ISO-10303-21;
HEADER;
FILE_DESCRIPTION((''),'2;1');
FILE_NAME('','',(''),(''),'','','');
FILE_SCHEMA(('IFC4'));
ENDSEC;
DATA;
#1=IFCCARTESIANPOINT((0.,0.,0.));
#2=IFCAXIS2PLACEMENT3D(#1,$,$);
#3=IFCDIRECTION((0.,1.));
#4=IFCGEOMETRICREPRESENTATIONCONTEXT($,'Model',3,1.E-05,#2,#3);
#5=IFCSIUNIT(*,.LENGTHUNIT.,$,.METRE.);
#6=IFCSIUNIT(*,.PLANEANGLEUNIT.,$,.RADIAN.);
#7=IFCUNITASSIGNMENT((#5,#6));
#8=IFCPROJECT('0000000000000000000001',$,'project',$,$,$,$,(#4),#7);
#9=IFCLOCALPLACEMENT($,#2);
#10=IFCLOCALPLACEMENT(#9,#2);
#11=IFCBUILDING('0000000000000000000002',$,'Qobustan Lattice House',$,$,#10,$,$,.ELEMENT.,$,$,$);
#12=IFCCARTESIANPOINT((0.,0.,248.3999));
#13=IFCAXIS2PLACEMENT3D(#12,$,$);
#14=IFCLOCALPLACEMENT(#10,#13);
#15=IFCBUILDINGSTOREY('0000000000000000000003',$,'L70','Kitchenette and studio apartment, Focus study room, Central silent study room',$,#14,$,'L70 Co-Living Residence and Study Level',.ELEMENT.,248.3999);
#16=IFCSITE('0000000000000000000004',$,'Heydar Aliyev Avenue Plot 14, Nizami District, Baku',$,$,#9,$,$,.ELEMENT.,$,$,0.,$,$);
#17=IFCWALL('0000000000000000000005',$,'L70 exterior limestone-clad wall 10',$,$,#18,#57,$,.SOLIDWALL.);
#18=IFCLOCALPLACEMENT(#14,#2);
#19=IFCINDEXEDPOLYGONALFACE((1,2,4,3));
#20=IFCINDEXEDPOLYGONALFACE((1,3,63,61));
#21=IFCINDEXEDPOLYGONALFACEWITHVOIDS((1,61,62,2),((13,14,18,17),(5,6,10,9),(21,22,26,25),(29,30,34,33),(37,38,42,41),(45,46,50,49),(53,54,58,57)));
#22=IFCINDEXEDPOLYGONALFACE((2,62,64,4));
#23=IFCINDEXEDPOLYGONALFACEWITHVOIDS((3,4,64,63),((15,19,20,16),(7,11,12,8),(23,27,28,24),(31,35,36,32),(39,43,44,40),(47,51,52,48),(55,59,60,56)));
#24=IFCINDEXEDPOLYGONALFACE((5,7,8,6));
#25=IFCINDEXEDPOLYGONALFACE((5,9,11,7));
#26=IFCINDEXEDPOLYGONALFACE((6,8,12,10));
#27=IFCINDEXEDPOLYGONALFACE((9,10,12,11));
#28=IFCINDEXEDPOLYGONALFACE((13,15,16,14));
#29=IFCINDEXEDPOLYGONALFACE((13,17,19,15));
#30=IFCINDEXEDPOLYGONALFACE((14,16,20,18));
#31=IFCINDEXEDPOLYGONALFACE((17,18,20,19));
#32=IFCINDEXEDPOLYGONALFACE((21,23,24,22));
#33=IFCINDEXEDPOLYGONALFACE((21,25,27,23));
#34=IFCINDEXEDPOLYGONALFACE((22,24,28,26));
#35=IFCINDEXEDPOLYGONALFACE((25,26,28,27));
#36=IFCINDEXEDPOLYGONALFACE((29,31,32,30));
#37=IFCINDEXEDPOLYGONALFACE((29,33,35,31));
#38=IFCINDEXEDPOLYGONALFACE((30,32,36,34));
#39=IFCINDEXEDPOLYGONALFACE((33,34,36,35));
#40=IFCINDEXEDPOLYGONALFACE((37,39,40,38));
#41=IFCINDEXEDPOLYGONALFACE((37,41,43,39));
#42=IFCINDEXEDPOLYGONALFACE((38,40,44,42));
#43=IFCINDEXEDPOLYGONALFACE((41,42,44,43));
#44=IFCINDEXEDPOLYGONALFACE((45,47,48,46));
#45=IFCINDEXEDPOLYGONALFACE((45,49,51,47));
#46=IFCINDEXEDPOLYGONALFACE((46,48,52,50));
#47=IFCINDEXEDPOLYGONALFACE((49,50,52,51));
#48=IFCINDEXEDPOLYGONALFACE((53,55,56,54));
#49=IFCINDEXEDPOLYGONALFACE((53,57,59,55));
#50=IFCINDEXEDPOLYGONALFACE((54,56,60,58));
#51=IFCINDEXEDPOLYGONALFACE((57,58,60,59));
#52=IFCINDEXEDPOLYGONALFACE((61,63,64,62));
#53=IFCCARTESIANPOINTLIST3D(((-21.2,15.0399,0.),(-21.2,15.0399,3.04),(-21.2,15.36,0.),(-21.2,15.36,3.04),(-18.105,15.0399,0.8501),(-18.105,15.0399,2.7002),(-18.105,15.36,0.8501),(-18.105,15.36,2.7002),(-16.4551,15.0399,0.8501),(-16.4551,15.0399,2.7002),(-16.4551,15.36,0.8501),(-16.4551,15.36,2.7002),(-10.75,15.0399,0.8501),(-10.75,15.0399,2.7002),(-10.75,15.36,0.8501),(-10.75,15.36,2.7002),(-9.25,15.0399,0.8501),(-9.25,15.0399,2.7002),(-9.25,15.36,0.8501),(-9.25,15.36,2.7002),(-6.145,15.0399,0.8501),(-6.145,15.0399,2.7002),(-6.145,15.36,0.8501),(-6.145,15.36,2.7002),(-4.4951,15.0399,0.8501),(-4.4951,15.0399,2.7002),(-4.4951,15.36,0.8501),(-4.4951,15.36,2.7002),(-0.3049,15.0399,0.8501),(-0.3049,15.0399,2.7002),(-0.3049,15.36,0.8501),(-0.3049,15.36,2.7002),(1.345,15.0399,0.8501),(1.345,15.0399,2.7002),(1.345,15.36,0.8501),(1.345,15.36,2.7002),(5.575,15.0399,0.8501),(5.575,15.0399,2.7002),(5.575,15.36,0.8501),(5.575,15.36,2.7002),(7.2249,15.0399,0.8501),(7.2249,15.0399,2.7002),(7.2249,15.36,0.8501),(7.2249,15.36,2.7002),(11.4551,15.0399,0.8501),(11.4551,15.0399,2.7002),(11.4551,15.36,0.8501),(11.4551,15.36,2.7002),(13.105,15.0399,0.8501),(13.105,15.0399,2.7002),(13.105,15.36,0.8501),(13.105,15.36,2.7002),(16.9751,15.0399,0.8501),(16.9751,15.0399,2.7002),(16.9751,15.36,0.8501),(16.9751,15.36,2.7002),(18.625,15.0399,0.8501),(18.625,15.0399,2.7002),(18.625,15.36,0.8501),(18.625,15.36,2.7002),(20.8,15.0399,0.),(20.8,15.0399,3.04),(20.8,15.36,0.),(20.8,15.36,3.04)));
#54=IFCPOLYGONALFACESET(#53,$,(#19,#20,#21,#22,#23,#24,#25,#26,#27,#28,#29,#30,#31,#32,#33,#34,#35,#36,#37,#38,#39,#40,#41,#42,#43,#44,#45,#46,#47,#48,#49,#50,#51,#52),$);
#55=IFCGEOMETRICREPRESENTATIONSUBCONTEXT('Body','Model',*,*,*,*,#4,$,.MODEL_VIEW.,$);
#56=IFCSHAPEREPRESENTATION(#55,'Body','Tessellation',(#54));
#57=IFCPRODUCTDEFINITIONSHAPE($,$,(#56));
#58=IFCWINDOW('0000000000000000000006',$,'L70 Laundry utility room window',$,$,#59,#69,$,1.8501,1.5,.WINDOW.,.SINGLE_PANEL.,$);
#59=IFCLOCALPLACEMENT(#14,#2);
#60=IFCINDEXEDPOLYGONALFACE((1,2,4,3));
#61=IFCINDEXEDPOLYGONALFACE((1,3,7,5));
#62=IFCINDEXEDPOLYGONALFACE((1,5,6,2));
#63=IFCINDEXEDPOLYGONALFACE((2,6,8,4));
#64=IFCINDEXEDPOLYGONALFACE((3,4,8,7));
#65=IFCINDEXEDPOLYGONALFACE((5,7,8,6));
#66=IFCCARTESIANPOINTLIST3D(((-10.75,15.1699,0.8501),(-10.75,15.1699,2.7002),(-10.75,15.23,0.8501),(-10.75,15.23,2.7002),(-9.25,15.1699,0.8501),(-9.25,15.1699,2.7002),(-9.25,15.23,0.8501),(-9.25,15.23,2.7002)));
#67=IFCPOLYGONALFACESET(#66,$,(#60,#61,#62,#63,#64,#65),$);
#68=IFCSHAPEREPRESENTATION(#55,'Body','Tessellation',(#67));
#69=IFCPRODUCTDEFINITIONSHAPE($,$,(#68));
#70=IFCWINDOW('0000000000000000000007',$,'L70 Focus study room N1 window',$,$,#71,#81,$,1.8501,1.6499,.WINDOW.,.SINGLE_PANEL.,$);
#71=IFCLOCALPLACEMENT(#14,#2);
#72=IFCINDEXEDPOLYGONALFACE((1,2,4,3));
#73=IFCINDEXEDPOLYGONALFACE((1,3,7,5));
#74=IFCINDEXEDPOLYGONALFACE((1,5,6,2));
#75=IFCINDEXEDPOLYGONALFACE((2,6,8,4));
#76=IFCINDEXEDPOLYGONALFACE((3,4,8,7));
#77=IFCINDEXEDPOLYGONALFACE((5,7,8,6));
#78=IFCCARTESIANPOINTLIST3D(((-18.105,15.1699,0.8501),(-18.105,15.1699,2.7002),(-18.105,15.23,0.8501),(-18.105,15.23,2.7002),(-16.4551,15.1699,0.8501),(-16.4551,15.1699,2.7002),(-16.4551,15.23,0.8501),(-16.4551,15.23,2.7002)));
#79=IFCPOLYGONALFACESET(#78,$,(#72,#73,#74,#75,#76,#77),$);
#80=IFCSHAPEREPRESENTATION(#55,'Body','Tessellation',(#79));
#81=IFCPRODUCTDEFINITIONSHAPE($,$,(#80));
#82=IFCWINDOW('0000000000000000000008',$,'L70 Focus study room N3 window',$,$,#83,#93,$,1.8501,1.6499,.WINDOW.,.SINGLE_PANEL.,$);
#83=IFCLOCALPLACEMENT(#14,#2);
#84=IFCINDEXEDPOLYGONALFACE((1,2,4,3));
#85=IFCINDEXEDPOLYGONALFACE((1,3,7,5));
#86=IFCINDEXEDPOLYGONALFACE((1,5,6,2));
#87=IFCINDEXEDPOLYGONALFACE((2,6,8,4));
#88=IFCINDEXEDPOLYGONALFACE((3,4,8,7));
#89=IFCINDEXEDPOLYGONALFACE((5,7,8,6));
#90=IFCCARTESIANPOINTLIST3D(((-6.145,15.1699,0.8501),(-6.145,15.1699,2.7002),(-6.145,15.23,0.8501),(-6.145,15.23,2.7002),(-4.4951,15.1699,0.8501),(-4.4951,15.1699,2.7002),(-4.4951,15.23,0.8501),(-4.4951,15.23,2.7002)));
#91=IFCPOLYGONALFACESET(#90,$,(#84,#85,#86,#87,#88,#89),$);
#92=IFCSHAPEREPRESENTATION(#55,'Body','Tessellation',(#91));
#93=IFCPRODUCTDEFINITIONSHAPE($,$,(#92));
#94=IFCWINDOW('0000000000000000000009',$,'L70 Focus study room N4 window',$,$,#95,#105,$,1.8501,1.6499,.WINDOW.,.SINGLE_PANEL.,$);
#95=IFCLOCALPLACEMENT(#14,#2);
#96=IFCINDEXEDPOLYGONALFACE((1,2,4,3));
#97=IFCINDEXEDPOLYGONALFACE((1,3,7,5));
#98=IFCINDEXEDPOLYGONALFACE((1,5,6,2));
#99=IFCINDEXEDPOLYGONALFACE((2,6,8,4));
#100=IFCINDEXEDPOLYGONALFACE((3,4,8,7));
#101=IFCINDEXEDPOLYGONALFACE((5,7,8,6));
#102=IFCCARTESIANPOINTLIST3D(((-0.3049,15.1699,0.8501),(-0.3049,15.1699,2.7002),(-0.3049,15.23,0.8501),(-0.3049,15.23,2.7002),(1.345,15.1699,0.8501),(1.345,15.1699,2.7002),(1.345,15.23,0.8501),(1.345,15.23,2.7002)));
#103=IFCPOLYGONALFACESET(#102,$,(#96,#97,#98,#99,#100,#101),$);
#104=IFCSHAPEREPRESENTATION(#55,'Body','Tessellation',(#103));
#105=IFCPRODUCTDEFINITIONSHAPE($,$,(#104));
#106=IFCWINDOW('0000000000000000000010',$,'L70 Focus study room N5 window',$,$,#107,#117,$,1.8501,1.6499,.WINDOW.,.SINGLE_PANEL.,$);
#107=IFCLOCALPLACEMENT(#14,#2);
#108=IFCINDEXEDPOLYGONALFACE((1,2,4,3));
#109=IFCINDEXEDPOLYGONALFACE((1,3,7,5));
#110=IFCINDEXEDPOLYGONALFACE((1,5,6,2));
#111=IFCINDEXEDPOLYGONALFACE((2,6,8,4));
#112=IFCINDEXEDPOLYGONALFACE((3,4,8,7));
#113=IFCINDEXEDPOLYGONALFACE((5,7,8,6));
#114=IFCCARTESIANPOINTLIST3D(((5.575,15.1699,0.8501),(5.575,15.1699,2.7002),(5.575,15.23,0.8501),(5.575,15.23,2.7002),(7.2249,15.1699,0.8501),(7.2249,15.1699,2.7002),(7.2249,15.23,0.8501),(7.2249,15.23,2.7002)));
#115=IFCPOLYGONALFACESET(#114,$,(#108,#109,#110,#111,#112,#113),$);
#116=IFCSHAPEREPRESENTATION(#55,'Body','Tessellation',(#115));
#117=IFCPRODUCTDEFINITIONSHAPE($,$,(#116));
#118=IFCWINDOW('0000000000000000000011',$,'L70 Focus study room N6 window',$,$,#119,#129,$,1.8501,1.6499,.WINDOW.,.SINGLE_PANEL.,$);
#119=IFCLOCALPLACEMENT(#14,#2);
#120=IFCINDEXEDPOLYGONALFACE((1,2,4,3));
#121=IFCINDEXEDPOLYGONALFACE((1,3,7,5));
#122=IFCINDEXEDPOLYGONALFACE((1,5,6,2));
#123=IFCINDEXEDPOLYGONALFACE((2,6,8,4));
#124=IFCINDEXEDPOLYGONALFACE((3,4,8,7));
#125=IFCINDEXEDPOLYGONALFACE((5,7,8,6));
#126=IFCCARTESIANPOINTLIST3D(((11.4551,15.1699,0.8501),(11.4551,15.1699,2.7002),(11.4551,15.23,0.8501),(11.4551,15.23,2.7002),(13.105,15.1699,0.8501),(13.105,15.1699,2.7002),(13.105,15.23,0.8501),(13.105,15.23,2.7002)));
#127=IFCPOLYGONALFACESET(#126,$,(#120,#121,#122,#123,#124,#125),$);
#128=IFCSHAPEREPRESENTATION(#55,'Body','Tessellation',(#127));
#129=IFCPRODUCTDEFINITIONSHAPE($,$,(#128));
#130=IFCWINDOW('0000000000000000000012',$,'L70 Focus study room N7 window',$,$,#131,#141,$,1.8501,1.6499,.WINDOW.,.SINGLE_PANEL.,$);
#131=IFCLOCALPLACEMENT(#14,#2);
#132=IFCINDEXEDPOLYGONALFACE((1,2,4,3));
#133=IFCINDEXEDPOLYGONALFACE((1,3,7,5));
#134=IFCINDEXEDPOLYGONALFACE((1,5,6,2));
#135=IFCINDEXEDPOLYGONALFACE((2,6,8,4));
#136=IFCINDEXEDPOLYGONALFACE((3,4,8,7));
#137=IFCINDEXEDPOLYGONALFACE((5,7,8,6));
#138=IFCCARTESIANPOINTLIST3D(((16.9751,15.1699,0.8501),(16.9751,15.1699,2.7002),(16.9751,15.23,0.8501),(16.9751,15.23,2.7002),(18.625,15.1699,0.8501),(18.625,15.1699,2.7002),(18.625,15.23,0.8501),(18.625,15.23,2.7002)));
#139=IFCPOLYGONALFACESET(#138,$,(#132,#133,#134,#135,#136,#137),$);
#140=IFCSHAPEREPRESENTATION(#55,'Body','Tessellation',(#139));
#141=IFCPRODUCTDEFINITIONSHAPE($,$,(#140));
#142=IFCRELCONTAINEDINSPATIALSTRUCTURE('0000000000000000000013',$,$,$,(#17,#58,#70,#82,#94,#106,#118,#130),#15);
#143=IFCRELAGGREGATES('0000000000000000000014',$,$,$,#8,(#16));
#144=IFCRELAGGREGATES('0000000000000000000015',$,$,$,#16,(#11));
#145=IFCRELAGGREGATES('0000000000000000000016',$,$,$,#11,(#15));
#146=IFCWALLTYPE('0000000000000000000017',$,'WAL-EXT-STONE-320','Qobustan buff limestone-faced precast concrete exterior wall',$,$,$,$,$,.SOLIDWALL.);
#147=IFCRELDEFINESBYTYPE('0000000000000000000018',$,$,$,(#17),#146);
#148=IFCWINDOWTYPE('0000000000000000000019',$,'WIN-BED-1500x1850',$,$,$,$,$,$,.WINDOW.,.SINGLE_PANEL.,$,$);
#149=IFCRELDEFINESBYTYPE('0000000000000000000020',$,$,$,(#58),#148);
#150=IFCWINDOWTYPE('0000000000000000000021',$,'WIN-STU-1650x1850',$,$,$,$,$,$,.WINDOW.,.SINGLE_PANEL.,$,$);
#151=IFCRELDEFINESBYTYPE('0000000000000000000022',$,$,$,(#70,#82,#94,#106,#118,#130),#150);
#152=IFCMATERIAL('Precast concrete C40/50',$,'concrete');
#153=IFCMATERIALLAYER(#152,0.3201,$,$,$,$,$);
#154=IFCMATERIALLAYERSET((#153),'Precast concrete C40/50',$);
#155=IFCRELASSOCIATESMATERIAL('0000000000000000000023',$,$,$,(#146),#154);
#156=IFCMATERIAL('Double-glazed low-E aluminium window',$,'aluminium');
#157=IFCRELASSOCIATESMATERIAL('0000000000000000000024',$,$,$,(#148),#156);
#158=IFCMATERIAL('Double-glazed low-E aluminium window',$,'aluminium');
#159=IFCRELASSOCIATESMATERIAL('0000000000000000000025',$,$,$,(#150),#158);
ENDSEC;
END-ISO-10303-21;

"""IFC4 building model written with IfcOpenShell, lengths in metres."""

from ifc_helpers import new_model, si_unit, direction, frame, frame_2d, origin, place, context, subcontext, project, spatial, rectangle, extrude, material, layer, layer_set, type_object, element, fill, save


model = new_model("IFC4")

# Units and contexts
model_context = context("Model", 3, precision=1e-05, world=origin(), true_north=direction((0.0, 1.0)))
body_context = subcontext(model_context, "Body", "Model", "MODEL_VIEW")
ifc_project = project(units=[si_unit("LENGTHUNIT", "METRE"), si_unit("PLANEANGLEUNIT", "RADIAN")], contexts=[model_context])

# Site, building, storey
site_placement = place(None, origin())
site = spatial("IfcSite", under=ifc_project, at=site_placement, Name="Heydar Aliyev Avenue Plot 14, Nizami District, Baku", CompositionType="ELEMENT", RefElevation=0.0)
building_placement = place(site_placement, origin())
building = spatial("IfcBuilding", under=site, at=building_placement, Name="Qobustan Lattice House", CompositionType="ELEMENT")
storey_placement = place(building_placement, frame((0.0, 0.0, 248.3999)))
storey = spatial("IfcBuildingStorey", under=building, at=storey_placement, Name="L70", Description="Kitchenette and studio apartment, Focus study room, Central silent study room", LongName="L70 Co-Living Residence and Study Level", CompositionType="ELEMENT", Elevation=248.3999)

# Shared definitions
ifc_material_1 = material(Name="Precast concrete C40/50", Category="concrete")
ifc_layer_1 = layer(ifc_material_1, 0.3201)
ifc_layer_set_1 = layer_set([ifc_layer_1], Name="Precast concrete C40/50")
wall_type_1 = type_object("IfcWallType", Name="WAL-EXT-STONE-320", Description="Qobustan buff limestone-faced precast concrete exterior wall", PredefinedType="SOLIDWALL", material=ifc_layer_set_1)

# Wall, openings, windows
wall_1_placement = place(storey_placement, frame((-21.2, 15.2, 0.0), z_axis=(0.0, 0.0, 1.0), x_axis=(1.0, 0.0, 0.0)))
wall_1 = element("IfcWall", 1, at=wall_1_placement, inside=storey, type_object=wall_type_1, Name="L70 exterior limestone-clad wall 10", PredefinedType="SOLIDWALL", context=body_context, shape_type="SweptSolid", body=[
    extrude(rectangle(XDim=42.0, YDim=0.3201, at=frame_2d((21.0, 0.0))), origin(), (0.0, 0.0, 1.0), 3.04),
])
opening_1_placement = place(wall_1_placement, frame((3.095, 0.0, 0.8501)))
opening_1 = element("IfcOpeningElement", 2, at=opening_1_placement, cuts=wall_1, PredefinedType="OPENING", context=body_context, shape_type="SweptSolid", body=[
    extrude(rectangle(XDim=1.6499, YDim=1.8501, at=frame_2d((0.825, 0.925))), frame((0.0, 0.1699, 0.0), z_axis=(0.0, -1.0, 0.0), x_axis=(1.0, 0.0, 0.0)), (0.0, 0.0, 1.0), 0.3401),
])
opening_2_placement = place(wall_1_placement, frame((10.45, 0.0, 0.8501)))
opening_2 = element("IfcOpeningElement", 3, at=opening_2_placement, cuts=wall_1, PredefinedType="OPENING", context=body_context, shape_type="SweptSolid", body=[
    extrude(rectangle(XDim=1.5, YDim=1.8501, at=frame_2d((0.75, 0.925))), frame((0.0, 0.1699, 0.0), z_axis=(0.0, -1.0, 0.0), x_axis=(1.0, 0.0, 0.0)), (0.0, 0.0, 1.0), 0.3401),
])
opening_3_placement = place(wall_1_placement, frame((15.0549, 0.0, 0.8501)))
opening_3 = element("IfcOpeningElement", 4, at=opening_3_placement, cuts=wall_1, PredefinedType="OPENING", context=body_context, shape_type="SweptSolid", body=[
    extrude(rectangle(XDim=1.6499, YDim=1.8501, at=frame_2d((0.825, 0.925))), frame((0.0, 0.1699, 0.0), z_axis=(0.0, -1.0, 0.0), x_axis=(1.0, 0.0, 0.0)), (0.0, 0.0, 1.0), 0.3401),
])
opening_4_placement = place(wall_1_placement, frame((20.895, 0.0, 0.8501)))
opening_4 = element("IfcOpeningElement", 5, at=opening_4_placement, cuts=wall_1, PredefinedType="OPENING", context=body_context, shape_type="SweptSolid", body=[
    extrude(rectangle(XDim=1.6499, YDim=1.8501, at=frame_2d((0.825, 0.925))), frame((0.0, 0.1699, 0.0), z_axis=(0.0, -1.0, 0.0), x_axis=(1.0, 0.0, 0.0)), (0.0, 0.0, 1.0), 0.3401),
])
opening_5_placement = place(wall_1_placement, frame((26.7749, 0.0, 0.8501)))
opening_5 = element("IfcOpeningElement", 6, at=opening_5_placement, cuts=wall_1, PredefinedType="OPENING", context=body_context, shape_type="SweptSolid", body=[
    extrude(rectangle(XDim=1.6499, YDim=1.8501, at=frame_2d((0.825, 0.925))), frame((0.0, 0.1699, 0.0), z_axis=(0.0, -1.0, 0.0), x_axis=(1.0, 0.0, 0.0)), (0.0, 0.0, 1.0), 0.3401),
])
opening_6_placement = place(wall_1_placement, frame((32.655, 0.0, 0.8501)))
opening_6 = element("IfcOpeningElement", 7, at=opening_6_placement, cuts=wall_1, PredefinedType="OPENING", context=body_context, shape_type="SweptSolid", body=[
    extrude(rectangle(XDim=1.6499, YDim=1.8501, at=frame_2d((0.825, 0.925))), frame((0.0, 0.1699, 0.0), z_axis=(0.0, -1.0, 0.0), x_axis=(1.0, 0.0, 0.0)), (0.0, 0.0, 1.0), 0.3401),
])
opening_7_placement = place(wall_1_placement, frame((38.175, 0.0, 0.8501)))
opening_7 = element("IfcOpeningElement", 8, at=opening_7_placement, cuts=wall_1, PredefinedType="OPENING", context=body_context, shape_type="SweptSolid", body=[
    extrude(rectangle(XDim=1.6499, YDim=1.8501, at=frame_2d((0.825, 0.925))), frame((0.0, 0.1699, 0.0), z_axis=(0.0, -1.0, 0.0), x_axis=(1.0, 0.0, 0.0)), (0.0, 0.0, 1.0), 0.3401),
])
ifc_material_2 = material(Name="Double-glazed low-E aluminium window", Category="aluminium")
window_type_1 = type_object("IfcWindowType", Name="WIN-BED-1500x1850", PartitioningType="SINGLE_PANEL", PredefinedType="WINDOW", material=ifc_material_2)
window_1_placement = place(opening_2_placement, origin())
window_1 = element("IfcWindow", 9, at=window_1_placement, inside=storey, type_object=window_type_1, Name="L70 Laundry utility room window", OverallHeight=1.8501, OverallWidth=1.5, PartitioningType="SINGLE_PANEL", PredefinedType="WINDOW", context=body_context, shape_type="SweptSolid", body=[
    extrude(rectangle(XDim=1.5, YDim=1.8501, at=frame_2d((0.75, 0.925))), frame((0.0, 0.03, 0.0), z_axis=(0.0, -1.0, 0.0), x_axis=(1.0, 0.0, 0.0)), (0.0, 0.0, 1.0), 0.0601),
])
fill(opening_2, window_1)
ifc_material_3 = material(Name="Double-glazed low-E aluminium window", Category="aluminium")
window_type_2 = type_object("IfcWindowType", Name="WIN-STU-1650x1850", PartitioningType="SINGLE_PANEL", PredefinedType="WINDOW", material=ifc_material_3)
window_2_placement = place(opening_1_placement, origin())
window_2 = element("IfcWindow", 10, at=window_2_placement, inside=storey, type_object=window_type_2, Name="L70 Focus study room N1 window", OverallHeight=1.8501, OverallWidth=1.6499, PartitioningType="SINGLE_PANEL", PredefinedType="WINDOW", context=body_context, shape_type="SweptSolid", body=[
    extrude(rectangle(XDim=1.6499, YDim=1.8501, at=frame_2d((0.825, 0.925))), frame((0.0, 0.03, 0.0), z_axis=(0.0, -1.0, 0.0), x_axis=(1.0, 0.0, 0.0)), (0.0, 0.0, 1.0), 0.0601),
])
fill(opening_1, window_2)
window_3_placement = place(opening_3_placement, origin())
window_3 = element("IfcWindow", 11, at=window_3_placement, inside=storey, type_object=window_type_2, Name="L70 Focus study room N3 window", OverallHeight=1.8501, OverallWidth=1.6499, PartitioningType="SINGLE_PANEL", PredefinedType="WINDOW", context=body_context, shape_type="SweptSolid", body=[
    extrude(rectangle(XDim=1.6499, YDim=1.8501, at=frame_2d((0.825, 0.925))), frame((0.0, 0.03, 0.0), z_axis=(0.0, -1.0, 0.0), x_axis=(1.0, 0.0, 0.0)), (0.0, 0.0, 1.0), 0.0601),
])
fill(opening_3, window_3)
window_4_placement = place(opening_4_placement, origin())
window_4 = element("IfcWindow", 12, at=window_4_placement, inside=storey, type_object=window_type_2, Name="L70 Focus study room N4 window", OverallHeight=1.8501, OverallWidth=1.6499, PartitioningType="SINGLE_PANEL", PredefinedType="WINDOW", context=body_context, shape_type="SweptSolid", body=[
    extrude(rectangle(XDim=1.6499, YDim=1.8501, at=frame_2d((0.825, 0.925))), frame((0.0, 0.03, 0.0), z_axis=(0.0, -1.0, 0.0), x_axis=(1.0, 0.0, 0.0)), (0.0, 0.0, 1.0), 0.0601),
])
fill(opening_4, window_4)
window_5_placement = place(opening_5_placement, origin())
window_5 = element("IfcWindow", 13, at=window_5_placement, inside=storey, type_object=window_type_2, Name="L70 Focus study room N5 window", OverallHeight=1.8501, OverallWidth=1.6499, PartitioningType="SINGLE_PANEL", PredefinedType="WINDOW", context=body_context, shape_type="SweptSolid", body=[
    extrude(rectangle(XDim=1.6499, YDim=1.8501, at=frame_2d((0.825, 0.925))), frame((0.0, 0.03, 0.0), z_axis=(0.0, -1.0, 0.0), x_axis=(1.0, 0.0, 0.0)), (0.0, 0.0, 1.0), 0.0601),
])
fill(opening_5, window_5)
window_6_placement = place(opening_6_placement, origin())
window_6 = element("IfcWindow", 14, at=window_6_placement, inside=storey, type_object=window_type_2, Name="L70 Focus study room N6 window", OverallHeight=1.8501, OverallWidth=1.6499, PartitioningType="SINGLE_PANEL", PredefinedType="WINDOW", context=body_context, shape_type="SweptSolid", body=[
    extrude(rectangle(XDim=1.6499, YDim=1.8501, at=frame_2d((0.825, 0.925))), frame((0.0, 0.03, 0.0), z_axis=(0.0, -1.0, 0.0), x_axis=(1.0, 0.0, 0.0)), (0.0, 0.0, 1.0), 0.0601),
])
fill(opening_6, window_6)
window_7_placement = place(opening_7_placement, origin())
window_7 = element("IfcWindow", 15, at=window_7_placement, inside=storey, type_object=window_type_2, Name="L70 Focus study room N7 window", OverallHeight=1.8501, OverallWidth=1.6499, PartitioningType="SINGLE_PANEL", PredefinedType="WINDOW", context=body_context, shape_type="SweptSolid", body=[
    extrude(rectangle(XDim=1.6499, YDim=1.8501, at=frame_2d((0.825, 0.925))), frame((0.0, 0.03, 0.0), z_axis=(0.0, -1.0, 0.0), x_axis=(1.0, 0.0, 0.0)), (0.0, 0.0, 1.0), 0.0601),
])
fill(opening_7, window_7)

save(model, "model.ifc")
